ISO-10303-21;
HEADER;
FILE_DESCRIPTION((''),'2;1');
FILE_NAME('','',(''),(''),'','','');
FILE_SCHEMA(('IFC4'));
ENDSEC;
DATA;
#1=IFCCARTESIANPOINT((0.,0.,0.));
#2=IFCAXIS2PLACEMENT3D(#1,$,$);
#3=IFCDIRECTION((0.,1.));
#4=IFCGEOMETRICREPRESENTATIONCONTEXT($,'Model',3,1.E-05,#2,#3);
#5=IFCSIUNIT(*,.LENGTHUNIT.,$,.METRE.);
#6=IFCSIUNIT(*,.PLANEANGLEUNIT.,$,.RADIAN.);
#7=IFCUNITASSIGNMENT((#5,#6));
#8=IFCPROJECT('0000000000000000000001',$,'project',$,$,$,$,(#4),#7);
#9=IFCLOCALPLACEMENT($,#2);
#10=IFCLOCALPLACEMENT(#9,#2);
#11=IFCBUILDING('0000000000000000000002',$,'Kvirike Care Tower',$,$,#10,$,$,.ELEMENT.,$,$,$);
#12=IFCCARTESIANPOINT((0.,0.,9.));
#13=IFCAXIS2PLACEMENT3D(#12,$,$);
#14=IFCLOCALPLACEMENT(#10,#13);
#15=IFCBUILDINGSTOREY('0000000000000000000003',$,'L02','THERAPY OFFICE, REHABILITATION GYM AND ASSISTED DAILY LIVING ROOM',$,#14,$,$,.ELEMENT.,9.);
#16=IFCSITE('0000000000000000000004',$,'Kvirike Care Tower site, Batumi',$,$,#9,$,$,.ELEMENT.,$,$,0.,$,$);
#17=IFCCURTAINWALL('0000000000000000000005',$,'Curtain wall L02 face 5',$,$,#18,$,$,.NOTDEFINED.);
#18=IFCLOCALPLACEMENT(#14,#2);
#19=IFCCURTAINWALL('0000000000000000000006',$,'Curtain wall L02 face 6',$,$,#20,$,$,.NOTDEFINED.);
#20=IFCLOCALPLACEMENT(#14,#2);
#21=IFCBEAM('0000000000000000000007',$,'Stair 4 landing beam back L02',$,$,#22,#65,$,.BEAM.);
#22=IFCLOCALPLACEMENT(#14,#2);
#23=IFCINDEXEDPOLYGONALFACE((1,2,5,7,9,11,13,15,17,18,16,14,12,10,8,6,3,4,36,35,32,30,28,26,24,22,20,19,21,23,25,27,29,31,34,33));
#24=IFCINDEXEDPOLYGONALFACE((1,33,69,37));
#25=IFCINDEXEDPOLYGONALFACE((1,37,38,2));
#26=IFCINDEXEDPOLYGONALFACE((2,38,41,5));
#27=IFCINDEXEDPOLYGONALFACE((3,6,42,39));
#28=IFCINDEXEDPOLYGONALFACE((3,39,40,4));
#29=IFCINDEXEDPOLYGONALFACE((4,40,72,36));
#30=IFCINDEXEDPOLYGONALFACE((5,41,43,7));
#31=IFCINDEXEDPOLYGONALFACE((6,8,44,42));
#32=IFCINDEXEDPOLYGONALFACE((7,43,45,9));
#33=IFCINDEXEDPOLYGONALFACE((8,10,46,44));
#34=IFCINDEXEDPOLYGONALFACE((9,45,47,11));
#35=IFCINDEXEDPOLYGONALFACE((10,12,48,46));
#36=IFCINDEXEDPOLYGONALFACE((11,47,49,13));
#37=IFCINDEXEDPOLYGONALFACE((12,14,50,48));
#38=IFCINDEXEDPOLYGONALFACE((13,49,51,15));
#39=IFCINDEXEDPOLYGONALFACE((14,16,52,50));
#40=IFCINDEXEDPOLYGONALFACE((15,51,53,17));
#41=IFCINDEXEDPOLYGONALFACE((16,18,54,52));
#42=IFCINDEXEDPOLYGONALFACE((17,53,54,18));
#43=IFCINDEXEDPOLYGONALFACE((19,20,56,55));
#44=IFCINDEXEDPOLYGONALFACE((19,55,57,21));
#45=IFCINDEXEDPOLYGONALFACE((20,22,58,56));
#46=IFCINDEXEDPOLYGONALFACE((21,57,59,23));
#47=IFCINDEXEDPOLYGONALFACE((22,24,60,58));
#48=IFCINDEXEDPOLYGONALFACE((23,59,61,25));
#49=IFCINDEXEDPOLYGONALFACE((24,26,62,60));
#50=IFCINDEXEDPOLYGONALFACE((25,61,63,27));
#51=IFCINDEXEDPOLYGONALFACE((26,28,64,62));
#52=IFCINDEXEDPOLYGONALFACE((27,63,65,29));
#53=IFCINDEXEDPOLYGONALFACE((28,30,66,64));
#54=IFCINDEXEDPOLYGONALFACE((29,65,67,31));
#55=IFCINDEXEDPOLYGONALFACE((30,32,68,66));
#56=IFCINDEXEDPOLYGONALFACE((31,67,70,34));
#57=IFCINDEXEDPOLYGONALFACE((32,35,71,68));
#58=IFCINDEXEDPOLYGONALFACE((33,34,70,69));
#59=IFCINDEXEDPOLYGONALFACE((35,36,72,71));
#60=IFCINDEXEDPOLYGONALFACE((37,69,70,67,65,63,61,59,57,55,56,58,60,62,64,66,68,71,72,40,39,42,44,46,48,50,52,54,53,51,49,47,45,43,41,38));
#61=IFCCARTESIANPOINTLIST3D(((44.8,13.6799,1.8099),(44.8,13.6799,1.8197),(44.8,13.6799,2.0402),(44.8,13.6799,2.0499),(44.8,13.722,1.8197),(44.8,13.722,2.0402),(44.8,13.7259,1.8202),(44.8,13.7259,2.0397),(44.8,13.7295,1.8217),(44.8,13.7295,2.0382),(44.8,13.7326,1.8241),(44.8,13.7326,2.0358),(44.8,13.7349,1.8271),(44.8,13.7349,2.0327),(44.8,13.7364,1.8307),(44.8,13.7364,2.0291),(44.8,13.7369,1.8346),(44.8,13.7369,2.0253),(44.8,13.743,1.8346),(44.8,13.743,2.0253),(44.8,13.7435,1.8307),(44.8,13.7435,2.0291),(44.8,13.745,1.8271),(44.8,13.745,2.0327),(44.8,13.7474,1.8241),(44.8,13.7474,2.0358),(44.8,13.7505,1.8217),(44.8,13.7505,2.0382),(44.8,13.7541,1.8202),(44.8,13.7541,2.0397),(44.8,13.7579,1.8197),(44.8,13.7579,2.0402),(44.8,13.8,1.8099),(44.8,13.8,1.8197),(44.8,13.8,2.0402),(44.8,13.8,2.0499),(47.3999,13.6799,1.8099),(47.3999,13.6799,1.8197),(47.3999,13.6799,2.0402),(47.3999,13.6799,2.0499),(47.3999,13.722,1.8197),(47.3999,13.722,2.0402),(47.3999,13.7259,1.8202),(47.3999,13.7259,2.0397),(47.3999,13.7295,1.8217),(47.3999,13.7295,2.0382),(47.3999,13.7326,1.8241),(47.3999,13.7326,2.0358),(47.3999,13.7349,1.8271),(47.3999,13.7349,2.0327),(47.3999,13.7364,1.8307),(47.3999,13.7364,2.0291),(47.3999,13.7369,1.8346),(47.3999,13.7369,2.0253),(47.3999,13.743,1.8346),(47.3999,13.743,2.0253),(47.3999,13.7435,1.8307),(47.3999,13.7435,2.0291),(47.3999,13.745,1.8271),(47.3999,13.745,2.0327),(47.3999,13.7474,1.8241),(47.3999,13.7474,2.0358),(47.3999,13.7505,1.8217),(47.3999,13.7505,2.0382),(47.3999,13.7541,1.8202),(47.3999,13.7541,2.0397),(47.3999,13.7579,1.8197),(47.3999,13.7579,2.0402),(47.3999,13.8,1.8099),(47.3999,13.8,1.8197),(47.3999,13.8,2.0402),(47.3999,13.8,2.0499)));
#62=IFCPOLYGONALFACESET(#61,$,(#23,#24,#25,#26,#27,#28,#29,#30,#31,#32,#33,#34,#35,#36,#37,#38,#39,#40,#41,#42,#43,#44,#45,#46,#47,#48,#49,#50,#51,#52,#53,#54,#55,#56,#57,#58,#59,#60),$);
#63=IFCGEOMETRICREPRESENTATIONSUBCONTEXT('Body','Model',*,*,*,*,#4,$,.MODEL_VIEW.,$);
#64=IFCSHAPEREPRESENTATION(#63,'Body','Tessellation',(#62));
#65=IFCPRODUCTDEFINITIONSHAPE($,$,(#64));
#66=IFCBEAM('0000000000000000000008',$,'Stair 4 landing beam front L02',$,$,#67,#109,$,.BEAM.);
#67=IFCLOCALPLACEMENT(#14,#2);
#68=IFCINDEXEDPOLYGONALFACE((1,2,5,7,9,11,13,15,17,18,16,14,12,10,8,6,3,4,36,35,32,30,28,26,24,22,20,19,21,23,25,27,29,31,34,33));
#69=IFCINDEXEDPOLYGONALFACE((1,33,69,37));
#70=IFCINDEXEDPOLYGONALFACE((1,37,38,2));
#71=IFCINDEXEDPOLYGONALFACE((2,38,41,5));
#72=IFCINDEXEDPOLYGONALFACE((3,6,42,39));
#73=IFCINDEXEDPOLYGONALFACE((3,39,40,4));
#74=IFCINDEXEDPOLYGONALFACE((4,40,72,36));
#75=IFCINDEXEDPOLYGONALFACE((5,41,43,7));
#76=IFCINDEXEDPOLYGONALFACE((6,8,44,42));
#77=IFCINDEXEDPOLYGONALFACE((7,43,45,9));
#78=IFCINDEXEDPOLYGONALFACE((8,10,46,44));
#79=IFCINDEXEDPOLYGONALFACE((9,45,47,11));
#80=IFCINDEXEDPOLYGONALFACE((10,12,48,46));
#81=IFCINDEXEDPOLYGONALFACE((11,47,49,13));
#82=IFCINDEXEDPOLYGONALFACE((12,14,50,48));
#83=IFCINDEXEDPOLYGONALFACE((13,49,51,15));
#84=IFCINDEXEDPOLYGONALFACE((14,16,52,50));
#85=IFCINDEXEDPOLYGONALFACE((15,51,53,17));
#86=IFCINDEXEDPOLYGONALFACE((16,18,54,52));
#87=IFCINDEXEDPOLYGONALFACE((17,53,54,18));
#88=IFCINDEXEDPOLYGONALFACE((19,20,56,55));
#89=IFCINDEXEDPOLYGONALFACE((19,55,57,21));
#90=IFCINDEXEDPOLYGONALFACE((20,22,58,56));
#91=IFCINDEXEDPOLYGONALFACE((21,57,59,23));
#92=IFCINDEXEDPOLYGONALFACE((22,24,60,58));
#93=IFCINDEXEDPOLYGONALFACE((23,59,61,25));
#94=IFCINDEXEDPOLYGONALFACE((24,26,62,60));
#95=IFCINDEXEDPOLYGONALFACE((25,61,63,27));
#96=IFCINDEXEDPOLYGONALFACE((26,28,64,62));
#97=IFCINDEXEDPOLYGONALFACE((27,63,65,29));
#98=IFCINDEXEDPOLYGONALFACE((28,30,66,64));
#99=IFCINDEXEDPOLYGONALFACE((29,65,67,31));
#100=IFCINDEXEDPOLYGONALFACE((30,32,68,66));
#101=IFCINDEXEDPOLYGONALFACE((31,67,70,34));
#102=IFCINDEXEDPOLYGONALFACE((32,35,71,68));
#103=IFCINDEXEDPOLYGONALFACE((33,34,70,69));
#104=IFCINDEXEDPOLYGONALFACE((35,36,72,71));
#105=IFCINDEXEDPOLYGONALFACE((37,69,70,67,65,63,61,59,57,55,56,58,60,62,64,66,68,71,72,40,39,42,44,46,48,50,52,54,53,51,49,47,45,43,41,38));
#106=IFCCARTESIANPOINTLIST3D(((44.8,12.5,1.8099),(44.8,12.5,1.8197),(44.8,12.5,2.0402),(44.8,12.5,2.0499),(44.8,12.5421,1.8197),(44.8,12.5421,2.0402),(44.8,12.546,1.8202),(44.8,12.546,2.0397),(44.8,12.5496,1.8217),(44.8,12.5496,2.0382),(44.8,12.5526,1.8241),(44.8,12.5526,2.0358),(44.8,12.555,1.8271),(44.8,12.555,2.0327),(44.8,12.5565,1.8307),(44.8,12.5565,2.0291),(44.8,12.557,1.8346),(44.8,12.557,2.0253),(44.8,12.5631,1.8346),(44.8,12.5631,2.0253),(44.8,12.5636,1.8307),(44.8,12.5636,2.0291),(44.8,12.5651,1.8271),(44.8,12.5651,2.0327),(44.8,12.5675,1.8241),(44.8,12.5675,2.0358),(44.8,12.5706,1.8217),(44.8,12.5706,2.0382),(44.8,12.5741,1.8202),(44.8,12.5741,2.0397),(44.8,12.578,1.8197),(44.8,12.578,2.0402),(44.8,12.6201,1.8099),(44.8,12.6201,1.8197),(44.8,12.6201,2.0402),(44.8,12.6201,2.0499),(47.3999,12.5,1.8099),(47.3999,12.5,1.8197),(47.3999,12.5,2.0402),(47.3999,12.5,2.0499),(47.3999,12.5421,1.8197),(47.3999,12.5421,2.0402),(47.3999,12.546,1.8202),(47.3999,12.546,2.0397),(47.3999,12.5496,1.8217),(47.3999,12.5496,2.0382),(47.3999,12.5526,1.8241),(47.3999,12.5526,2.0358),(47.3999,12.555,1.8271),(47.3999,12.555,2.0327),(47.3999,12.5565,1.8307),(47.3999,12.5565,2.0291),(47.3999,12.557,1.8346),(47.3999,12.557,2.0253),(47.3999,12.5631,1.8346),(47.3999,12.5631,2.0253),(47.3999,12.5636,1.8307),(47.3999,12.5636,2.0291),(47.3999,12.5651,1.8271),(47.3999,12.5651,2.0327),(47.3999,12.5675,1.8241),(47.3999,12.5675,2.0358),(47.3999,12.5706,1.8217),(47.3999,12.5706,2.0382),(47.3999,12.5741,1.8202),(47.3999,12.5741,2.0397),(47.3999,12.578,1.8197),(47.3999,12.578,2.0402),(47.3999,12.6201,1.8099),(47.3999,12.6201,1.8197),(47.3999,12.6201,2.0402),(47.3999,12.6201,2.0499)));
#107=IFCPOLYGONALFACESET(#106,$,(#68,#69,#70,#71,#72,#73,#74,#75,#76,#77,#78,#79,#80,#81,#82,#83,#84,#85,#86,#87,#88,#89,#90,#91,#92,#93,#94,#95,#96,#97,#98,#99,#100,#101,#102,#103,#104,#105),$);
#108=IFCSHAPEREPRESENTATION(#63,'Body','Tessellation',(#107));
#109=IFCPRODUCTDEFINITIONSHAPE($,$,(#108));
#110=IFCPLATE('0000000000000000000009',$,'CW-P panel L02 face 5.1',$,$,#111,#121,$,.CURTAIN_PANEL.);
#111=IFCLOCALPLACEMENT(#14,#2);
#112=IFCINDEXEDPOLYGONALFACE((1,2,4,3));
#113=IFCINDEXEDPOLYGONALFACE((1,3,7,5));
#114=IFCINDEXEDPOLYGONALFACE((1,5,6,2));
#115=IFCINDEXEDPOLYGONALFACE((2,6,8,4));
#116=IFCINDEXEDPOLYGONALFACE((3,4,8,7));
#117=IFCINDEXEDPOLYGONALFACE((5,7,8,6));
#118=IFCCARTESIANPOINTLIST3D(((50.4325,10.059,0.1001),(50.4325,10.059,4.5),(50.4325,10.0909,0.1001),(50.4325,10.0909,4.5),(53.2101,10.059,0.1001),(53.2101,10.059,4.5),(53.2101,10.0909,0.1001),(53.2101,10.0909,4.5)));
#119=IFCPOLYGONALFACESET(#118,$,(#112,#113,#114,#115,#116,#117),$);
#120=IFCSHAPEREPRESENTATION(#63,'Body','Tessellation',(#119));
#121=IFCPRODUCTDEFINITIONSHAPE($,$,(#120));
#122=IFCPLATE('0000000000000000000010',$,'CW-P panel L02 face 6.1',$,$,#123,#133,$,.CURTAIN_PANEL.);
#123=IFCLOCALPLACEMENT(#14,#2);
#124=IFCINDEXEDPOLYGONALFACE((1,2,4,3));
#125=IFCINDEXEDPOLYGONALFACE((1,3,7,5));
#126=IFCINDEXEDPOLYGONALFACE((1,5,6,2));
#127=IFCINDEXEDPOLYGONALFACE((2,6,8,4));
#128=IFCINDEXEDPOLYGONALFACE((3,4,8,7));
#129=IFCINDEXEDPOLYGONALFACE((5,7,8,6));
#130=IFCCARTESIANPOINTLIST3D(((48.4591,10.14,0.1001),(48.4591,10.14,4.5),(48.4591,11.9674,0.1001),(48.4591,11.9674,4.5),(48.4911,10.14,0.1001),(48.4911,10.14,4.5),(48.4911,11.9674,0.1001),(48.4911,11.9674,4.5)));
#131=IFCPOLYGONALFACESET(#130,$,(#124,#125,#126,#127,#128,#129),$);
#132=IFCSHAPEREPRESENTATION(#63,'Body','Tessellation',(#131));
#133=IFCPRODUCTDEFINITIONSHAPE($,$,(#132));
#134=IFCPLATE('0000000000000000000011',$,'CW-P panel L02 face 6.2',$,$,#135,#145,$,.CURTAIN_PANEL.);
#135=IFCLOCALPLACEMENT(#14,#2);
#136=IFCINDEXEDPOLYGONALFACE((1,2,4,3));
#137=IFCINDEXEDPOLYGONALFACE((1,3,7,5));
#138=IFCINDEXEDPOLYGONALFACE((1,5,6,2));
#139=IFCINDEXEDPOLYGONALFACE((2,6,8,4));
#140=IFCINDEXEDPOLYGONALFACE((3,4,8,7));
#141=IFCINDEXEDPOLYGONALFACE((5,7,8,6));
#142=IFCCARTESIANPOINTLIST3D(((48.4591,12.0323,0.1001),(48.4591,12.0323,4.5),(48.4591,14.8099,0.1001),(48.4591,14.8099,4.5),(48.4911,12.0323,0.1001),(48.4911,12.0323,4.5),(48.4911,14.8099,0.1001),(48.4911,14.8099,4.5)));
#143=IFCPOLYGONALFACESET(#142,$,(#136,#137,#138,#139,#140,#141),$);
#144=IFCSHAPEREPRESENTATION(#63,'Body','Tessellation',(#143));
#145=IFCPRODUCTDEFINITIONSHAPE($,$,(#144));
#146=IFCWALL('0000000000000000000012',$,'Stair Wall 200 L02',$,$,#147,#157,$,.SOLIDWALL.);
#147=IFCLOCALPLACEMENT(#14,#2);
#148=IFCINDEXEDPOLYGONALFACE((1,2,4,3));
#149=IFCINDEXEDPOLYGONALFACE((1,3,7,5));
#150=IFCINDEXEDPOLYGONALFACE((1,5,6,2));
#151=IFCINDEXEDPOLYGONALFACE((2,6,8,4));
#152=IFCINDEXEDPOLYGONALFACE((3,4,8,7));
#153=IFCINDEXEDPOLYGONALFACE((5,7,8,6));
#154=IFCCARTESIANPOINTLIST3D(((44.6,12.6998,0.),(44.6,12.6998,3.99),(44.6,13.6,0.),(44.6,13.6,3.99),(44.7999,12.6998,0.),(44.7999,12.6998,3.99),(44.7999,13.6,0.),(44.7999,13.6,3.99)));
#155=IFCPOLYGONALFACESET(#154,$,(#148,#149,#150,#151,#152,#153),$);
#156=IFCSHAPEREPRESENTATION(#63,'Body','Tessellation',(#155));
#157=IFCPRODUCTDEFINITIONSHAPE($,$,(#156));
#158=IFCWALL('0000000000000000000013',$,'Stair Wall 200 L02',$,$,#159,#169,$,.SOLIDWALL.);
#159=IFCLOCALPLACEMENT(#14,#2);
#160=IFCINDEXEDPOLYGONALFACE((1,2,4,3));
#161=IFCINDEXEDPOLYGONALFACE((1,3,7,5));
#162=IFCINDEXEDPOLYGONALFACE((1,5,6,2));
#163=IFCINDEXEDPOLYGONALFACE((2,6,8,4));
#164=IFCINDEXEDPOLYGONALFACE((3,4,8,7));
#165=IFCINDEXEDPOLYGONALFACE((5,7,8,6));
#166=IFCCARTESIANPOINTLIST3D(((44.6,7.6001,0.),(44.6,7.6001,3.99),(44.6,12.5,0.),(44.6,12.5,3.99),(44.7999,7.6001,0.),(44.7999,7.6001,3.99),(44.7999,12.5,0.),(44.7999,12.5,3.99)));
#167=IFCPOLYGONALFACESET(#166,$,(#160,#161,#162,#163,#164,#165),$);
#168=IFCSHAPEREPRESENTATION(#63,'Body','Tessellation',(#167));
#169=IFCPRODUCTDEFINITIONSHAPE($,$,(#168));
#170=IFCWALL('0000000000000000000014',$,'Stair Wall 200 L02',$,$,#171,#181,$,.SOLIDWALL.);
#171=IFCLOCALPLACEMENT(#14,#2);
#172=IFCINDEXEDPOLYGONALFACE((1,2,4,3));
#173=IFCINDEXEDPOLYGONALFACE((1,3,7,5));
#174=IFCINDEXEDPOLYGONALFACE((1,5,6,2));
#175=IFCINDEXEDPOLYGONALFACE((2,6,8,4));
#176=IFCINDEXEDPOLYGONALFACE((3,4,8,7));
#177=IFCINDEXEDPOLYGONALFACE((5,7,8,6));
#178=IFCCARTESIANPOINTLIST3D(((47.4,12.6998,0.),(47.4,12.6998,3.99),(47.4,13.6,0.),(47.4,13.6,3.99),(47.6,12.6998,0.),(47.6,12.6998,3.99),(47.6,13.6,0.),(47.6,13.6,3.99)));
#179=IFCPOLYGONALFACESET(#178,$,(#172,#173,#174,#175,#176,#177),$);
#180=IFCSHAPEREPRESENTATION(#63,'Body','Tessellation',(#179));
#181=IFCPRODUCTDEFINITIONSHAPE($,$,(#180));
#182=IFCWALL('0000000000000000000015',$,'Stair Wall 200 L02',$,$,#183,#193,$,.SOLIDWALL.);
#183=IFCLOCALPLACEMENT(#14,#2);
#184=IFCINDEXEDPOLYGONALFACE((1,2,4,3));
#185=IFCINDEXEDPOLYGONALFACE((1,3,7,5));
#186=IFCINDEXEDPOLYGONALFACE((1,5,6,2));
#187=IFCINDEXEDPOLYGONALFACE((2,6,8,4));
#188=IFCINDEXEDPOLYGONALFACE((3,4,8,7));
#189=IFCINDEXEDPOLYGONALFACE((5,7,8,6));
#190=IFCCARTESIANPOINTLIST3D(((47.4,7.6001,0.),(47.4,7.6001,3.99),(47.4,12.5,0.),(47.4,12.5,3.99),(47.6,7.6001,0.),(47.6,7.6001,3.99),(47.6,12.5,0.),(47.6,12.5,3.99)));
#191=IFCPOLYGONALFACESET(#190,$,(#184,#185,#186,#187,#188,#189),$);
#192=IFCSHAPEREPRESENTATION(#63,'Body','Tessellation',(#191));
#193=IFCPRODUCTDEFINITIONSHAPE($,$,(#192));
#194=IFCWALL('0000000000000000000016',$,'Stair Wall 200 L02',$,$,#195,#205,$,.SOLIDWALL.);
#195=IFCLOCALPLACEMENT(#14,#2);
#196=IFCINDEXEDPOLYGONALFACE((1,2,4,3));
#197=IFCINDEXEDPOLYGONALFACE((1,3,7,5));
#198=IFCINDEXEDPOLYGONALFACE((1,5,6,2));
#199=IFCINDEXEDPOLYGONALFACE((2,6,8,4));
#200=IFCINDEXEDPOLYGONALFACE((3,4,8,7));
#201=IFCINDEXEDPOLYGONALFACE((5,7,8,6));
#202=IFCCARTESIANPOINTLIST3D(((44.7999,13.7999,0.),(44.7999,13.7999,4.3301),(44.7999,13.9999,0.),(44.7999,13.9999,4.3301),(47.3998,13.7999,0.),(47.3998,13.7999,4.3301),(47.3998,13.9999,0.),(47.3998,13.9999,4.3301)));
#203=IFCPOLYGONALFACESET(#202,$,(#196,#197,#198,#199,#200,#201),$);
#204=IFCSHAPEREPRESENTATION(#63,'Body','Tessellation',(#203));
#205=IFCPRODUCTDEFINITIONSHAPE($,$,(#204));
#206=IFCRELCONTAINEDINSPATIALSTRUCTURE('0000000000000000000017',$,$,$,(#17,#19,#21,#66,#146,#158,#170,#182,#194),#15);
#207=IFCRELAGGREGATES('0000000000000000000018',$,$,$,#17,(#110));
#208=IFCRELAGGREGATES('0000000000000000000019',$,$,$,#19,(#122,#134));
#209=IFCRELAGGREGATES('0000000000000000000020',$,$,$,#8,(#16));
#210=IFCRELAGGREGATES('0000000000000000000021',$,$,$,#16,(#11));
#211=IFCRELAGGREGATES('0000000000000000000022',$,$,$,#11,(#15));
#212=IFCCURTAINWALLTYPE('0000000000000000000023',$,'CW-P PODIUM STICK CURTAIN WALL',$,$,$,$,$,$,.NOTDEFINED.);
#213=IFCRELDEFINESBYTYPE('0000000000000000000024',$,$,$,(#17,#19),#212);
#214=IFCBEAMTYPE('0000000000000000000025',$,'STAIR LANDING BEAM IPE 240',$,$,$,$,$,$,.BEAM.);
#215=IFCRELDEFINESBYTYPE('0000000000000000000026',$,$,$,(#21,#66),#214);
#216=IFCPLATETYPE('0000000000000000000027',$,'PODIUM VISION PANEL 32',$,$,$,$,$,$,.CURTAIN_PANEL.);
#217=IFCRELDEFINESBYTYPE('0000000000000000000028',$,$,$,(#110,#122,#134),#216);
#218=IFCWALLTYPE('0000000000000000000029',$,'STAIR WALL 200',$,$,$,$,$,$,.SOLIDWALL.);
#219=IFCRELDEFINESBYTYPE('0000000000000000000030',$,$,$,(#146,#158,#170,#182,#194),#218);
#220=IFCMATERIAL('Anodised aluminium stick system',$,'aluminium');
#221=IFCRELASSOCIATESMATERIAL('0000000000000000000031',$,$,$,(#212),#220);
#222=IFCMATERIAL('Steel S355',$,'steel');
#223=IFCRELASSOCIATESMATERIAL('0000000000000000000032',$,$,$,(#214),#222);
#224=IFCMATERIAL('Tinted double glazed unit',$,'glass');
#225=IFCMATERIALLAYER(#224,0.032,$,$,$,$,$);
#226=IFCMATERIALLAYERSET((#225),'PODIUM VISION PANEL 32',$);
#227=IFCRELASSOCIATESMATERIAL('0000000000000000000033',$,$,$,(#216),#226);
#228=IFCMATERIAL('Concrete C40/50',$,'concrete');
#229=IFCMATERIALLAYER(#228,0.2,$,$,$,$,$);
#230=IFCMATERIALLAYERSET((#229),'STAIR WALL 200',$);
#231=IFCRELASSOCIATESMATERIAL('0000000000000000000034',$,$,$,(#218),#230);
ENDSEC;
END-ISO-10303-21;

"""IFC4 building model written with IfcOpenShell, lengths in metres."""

from ifc_helpers import new_model, si_unit, direction, frame, frame_2d, origin, origin_2d, place, context, subcontext, project, spatial, rectangle, i_section, extrude, material, layer, layer_set, material_profile, profile_set, type_object, element, aggregate, save


model = new_model("IFC4")

# Units and contexts
model_context = context("Model", 3, precision=1e-05, world=origin(), true_north=direction((0.0, 1.0)))
body_context = subcontext(model_context, "Body", "Model", "MODEL_VIEW")
ifc_project = project(units=[si_unit("LENGTHUNIT", "METRE"), si_unit("PLANEANGLEUNIT", "RADIAN")], contexts=[model_context])

# Site, building, storey
site_placement = place(None, origin())
site = spatial("IfcSite", under=ifc_project, at=site_placement, Name="Kvirike Care Tower site, Batumi", CompositionType="ELEMENT", RefElevation=0.0)
building_placement = place(site_placement, origin())
building = spatial("IfcBuilding", under=site, at=building_placement, Name="Kvirike Care Tower", CompositionType="ELEMENT")
storey_placement = place(building_placement, frame((0.0, 0.0, 9.0)))
storey = spatial("IfcBuildingStorey", under=building, at=storey_placement, Name="L02", Description="THERAPY OFFICE, REHABILITATION GYM AND ASSISTED DAILY LIVING ROOM", CompositionType="ELEMENT", Elevation=9.0)

# Curtain walls
ifc_material_1 = material(Name="Anodised aluminium stick system", Category="aluminium")
curtain_wall_type = type_object("IfcCurtainWallType", Name="CW-P PODIUM STICK CURTAIN WALL", PredefinedType="NOTDEFINED", material=ifc_material_1)
curtain_wall_1_placement = place(storey_placement, origin())
curtain_wall_1 = element("IfcCurtainWall", 1, at=curtain_wall_1_placement, inside=storey, type_object=curtain_wall_type, Name="Curtain wall L02 face 5", PredefinedType="NOTDEFINED")
curtain_wall_2_placement = place(storey_placement, origin())
curtain_wall_2 = element("IfcCurtainWall", 2, at=curtain_wall_2_placement, inside=storey, type_object=curtain_wall_type, Name="Curtain wall L02 face 6", PredefinedType="NOTDEFINED")

# Beams
ifc_material_2 = material(Name="Steel S355", Category="steel")
ifc_material_profile_1 = material_profile(ifc_material_2, i_section(OverallWidth=0.1201, OverallDepth=0.24, WebThickness=0.0061, FlangeThickness=0.0098, FilletRadius=0.0149, at=origin_2d()), Name="IPE 240")
ifc_profile_set_1 = profile_set([ifc_material_profile_1], Name="Steel S355")
beam_type = type_object("IfcBeamType", Name="STAIR LANDING BEAM IPE 240", PredefinedType="BEAM", material=ifc_profile_set_1)
for number, where, z_axis, x_axis, name in (
    (3, (44.8, 13.74, 1.9299), (1.0, 0.0, 0.0), (0.0, 1.0, 0.0), "Stair 4 landing beam back L02"),
    (4, (44.8, 12.5601, 1.9299), (1.0, 0.0, 0.0), (0.0, 1.0, 0.0), "Stair 4 landing beam front L02"),
):
    element("IfcBeam", number, at=place(storey_placement, frame(where, z_axis=z_axis, x_axis=x_axis)), inside=storey, type_object=beam_type, Name=name, PredefinedType="BEAM", context=body_context, shape_type="SweptSolid", body=[
        extrude(i_section(OverallWidth=0.1201, OverallDepth=0.24, WebThickness=0.0061, FlangeThickness=0.0098, FilletRadius=0.0149, at=origin_2d()), origin(), (0.0, 0.0, 1.0), 2.5999),
    ])

# Plates
ifc_material_3 = material(Name="Tinted double glazed unit", Category="glass")
ifc_layer_1 = layer(ifc_material_3, 0.032)
ifc_layer_set_1 = layer_set([ifc_layer_1], Name="PODIUM VISION PANEL 32")
plate_type = type_object("IfcPlateType", Name="PODIUM VISION PANEL 32", PredefinedType="CURTAIN_PANEL", material=ifc_layer_set_1)
plate_1_placement = place(storey_placement, frame((51.8213, 10.075, 0.1001), z_axis=(0.0, 0.0, 1.0), x_axis=(-1.0, 0.0, 0.0)))
plate_1 = element("IfcPlate", 5, at=plate_1_placement, type_object=plate_type, Name="CW-P panel L02 face 5.1", PredefinedType="CURTAIN_PANEL", context=body_context, shape_type="SweptSolid", body=[
    extrude(rectangle(XDim=2.7776, YDim=0.032, at=origin_2d()), origin(), (0.0, 0.0, 1.0), 4.3999),
])
aggregate(curtain_wall_1, [plate_1])
plate_2_placement = place(storey_placement, frame((48.4751, 11.0537, 0.1001), z_axis=(0.0, 0.0, 1.0), x_axis=(0.0, 1.0, 0.0)))
plate_2 = element("IfcPlate", 6, at=plate_2_placement, type_object=plate_type, Name="CW-P panel L02 face 6.1", PredefinedType="CURTAIN_PANEL", context=body_context, shape_type="SweptSolid", body=[
    extrude(rectangle(XDim=1.8274, YDim=0.032, at=origin_2d()), origin(), (0.0, 0.0, 1.0), 4.3999),
])
plate_3_placement = place(storey_placement, frame((48.4751, 13.4211, 0.1001), z_axis=(0.0, 0.0, 1.0), x_axis=(0.0, 1.0, 0.0)))
plate_3 = element("IfcPlate", 7, at=plate_3_placement, type_object=plate_type, Name="CW-P panel L02 face 6.2", PredefinedType="CURTAIN_PANEL", context=body_context, shape_type="SweptSolid", body=[
    extrude(rectangle(XDim=2.7776, YDim=0.032, at=origin_2d()), origin(), (0.0, 0.0, 1.0), 4.3999),
])
aggregate(curtain_wall_2, [plate_2, plate_3])

# Walls
ifc_material_4 = material(Name="Concrete C40/50", Category="concrete")
ifc_layer_2 = layer(ifc_material_4, 0.2)
ifc_layer_set_2 = layer_set([ifc_layer_2], Name="STAIR WALL 200")
wall_type = type_object("IfcWallType", Name="STAIR WALL 200", PredefinedType="SOLIDWALL", material=ifc_layer_set_2)
wall_1_placement = place(storey_placement, frame((44.7, 13.6001, 0.0), z_axis=(0.0, 0.0, 1.0), x_axis=(0.0, -1.0, 0.0)))
element("IfcWall", 8, at=wall_1_placement, inside=storey, type_object=wall_type, Name="Stair Wall 200 L02", PredefinedType="SOLIDWALL", context=body_context, shape_type="SweptSolid", body=[
    extrude(rectangle(XDim=0.9001, YDim=0.2, at=frame_2d((0.4502, 0.0))), origin(), (0.0, 0.0, 1.0), 3.99),
])
wall_2_placement = place(storey_placement, frame((44.7, 12.5, 0.0), z_axis=(0.0, 0.0, 1.0), x_axis=(0.0, -1.0, 0.0)))
element("IfcWall", 9, at=wall_2_placement, inside=storey, type_object=wall_type, Name="Stair Wall 200 L02", PredefinedType="SOLIDWALL", context=body_context, shape_type="SweptSolid", body=[
    extrude(rectangle(XDim=4.8999, YDim=0.2, at=frame_2d((2.45, 0.0))), origin(), (0.0, 0.0, 1.0), 3.99),
])
wall_3_placement = place(storey_placement, frame((47.5, 13.6001, 0.0), z_axis=(0.0, 0.0, 1.0), x_axis=(0.0, -1.0, 0.0)))
element("IfcWall", 10, at=wall_3_placement, inside=storey, type_object=wall_type, Name="Stair Wall 200 L02", PredefinedType="SOLIDWALL", context=body_context, shape_type="SweptSolid", body=[
    extrude(rectangle(XDim=0.9001, YDim=0.2, at=frame_2d((0.4502, 0.0))), origin(), (0.0, 0.0, 1.0), 3.99),
])
wall_4_placement = place(storey_placement, frame((47.5, 12.5, 0.0), z_axis=(0.0, 0.0, 1.0), x_axis=(0.0, -1.0, 0.0)))
element("IfcWall", 11, at=wall_4_placement, inside=storey, type_object=wall_type, Name="Stair Wall 200 L02", PredefinedType="SOLIDWALL", context=body_context, shape_type="SweptSolid", body=[
    extrude(rectangle(XDim=4.8999, YDim=0.2, at=frame_2d((2.45, 0.0))), origin(), (0.0, 0.0, 1.0), 3.99),
])
wall_5_placement = place(storey_placement, frame((44.8, 13.8999, 0.0), z_axis=(0.0, 0.0, 1.0), x_axis=(1.0, 0.0, 0.0)))
element("IfcWall", 12, at=wall_5_placement, inside=storey, type_object=wall_type, Name="Stair Wall 200 L02", PredefinedType="SOLIDWALL", context=body_context, shape_type="SweptSolid", body=[
    extrude(rectangle(XDim=2.5999, YDim=0.2, at=frame_2d((1.2998, 0.0))), origin(), (0.0, 0.0, 1.0), 4.3301),
])

save(model, "model.ifc")
